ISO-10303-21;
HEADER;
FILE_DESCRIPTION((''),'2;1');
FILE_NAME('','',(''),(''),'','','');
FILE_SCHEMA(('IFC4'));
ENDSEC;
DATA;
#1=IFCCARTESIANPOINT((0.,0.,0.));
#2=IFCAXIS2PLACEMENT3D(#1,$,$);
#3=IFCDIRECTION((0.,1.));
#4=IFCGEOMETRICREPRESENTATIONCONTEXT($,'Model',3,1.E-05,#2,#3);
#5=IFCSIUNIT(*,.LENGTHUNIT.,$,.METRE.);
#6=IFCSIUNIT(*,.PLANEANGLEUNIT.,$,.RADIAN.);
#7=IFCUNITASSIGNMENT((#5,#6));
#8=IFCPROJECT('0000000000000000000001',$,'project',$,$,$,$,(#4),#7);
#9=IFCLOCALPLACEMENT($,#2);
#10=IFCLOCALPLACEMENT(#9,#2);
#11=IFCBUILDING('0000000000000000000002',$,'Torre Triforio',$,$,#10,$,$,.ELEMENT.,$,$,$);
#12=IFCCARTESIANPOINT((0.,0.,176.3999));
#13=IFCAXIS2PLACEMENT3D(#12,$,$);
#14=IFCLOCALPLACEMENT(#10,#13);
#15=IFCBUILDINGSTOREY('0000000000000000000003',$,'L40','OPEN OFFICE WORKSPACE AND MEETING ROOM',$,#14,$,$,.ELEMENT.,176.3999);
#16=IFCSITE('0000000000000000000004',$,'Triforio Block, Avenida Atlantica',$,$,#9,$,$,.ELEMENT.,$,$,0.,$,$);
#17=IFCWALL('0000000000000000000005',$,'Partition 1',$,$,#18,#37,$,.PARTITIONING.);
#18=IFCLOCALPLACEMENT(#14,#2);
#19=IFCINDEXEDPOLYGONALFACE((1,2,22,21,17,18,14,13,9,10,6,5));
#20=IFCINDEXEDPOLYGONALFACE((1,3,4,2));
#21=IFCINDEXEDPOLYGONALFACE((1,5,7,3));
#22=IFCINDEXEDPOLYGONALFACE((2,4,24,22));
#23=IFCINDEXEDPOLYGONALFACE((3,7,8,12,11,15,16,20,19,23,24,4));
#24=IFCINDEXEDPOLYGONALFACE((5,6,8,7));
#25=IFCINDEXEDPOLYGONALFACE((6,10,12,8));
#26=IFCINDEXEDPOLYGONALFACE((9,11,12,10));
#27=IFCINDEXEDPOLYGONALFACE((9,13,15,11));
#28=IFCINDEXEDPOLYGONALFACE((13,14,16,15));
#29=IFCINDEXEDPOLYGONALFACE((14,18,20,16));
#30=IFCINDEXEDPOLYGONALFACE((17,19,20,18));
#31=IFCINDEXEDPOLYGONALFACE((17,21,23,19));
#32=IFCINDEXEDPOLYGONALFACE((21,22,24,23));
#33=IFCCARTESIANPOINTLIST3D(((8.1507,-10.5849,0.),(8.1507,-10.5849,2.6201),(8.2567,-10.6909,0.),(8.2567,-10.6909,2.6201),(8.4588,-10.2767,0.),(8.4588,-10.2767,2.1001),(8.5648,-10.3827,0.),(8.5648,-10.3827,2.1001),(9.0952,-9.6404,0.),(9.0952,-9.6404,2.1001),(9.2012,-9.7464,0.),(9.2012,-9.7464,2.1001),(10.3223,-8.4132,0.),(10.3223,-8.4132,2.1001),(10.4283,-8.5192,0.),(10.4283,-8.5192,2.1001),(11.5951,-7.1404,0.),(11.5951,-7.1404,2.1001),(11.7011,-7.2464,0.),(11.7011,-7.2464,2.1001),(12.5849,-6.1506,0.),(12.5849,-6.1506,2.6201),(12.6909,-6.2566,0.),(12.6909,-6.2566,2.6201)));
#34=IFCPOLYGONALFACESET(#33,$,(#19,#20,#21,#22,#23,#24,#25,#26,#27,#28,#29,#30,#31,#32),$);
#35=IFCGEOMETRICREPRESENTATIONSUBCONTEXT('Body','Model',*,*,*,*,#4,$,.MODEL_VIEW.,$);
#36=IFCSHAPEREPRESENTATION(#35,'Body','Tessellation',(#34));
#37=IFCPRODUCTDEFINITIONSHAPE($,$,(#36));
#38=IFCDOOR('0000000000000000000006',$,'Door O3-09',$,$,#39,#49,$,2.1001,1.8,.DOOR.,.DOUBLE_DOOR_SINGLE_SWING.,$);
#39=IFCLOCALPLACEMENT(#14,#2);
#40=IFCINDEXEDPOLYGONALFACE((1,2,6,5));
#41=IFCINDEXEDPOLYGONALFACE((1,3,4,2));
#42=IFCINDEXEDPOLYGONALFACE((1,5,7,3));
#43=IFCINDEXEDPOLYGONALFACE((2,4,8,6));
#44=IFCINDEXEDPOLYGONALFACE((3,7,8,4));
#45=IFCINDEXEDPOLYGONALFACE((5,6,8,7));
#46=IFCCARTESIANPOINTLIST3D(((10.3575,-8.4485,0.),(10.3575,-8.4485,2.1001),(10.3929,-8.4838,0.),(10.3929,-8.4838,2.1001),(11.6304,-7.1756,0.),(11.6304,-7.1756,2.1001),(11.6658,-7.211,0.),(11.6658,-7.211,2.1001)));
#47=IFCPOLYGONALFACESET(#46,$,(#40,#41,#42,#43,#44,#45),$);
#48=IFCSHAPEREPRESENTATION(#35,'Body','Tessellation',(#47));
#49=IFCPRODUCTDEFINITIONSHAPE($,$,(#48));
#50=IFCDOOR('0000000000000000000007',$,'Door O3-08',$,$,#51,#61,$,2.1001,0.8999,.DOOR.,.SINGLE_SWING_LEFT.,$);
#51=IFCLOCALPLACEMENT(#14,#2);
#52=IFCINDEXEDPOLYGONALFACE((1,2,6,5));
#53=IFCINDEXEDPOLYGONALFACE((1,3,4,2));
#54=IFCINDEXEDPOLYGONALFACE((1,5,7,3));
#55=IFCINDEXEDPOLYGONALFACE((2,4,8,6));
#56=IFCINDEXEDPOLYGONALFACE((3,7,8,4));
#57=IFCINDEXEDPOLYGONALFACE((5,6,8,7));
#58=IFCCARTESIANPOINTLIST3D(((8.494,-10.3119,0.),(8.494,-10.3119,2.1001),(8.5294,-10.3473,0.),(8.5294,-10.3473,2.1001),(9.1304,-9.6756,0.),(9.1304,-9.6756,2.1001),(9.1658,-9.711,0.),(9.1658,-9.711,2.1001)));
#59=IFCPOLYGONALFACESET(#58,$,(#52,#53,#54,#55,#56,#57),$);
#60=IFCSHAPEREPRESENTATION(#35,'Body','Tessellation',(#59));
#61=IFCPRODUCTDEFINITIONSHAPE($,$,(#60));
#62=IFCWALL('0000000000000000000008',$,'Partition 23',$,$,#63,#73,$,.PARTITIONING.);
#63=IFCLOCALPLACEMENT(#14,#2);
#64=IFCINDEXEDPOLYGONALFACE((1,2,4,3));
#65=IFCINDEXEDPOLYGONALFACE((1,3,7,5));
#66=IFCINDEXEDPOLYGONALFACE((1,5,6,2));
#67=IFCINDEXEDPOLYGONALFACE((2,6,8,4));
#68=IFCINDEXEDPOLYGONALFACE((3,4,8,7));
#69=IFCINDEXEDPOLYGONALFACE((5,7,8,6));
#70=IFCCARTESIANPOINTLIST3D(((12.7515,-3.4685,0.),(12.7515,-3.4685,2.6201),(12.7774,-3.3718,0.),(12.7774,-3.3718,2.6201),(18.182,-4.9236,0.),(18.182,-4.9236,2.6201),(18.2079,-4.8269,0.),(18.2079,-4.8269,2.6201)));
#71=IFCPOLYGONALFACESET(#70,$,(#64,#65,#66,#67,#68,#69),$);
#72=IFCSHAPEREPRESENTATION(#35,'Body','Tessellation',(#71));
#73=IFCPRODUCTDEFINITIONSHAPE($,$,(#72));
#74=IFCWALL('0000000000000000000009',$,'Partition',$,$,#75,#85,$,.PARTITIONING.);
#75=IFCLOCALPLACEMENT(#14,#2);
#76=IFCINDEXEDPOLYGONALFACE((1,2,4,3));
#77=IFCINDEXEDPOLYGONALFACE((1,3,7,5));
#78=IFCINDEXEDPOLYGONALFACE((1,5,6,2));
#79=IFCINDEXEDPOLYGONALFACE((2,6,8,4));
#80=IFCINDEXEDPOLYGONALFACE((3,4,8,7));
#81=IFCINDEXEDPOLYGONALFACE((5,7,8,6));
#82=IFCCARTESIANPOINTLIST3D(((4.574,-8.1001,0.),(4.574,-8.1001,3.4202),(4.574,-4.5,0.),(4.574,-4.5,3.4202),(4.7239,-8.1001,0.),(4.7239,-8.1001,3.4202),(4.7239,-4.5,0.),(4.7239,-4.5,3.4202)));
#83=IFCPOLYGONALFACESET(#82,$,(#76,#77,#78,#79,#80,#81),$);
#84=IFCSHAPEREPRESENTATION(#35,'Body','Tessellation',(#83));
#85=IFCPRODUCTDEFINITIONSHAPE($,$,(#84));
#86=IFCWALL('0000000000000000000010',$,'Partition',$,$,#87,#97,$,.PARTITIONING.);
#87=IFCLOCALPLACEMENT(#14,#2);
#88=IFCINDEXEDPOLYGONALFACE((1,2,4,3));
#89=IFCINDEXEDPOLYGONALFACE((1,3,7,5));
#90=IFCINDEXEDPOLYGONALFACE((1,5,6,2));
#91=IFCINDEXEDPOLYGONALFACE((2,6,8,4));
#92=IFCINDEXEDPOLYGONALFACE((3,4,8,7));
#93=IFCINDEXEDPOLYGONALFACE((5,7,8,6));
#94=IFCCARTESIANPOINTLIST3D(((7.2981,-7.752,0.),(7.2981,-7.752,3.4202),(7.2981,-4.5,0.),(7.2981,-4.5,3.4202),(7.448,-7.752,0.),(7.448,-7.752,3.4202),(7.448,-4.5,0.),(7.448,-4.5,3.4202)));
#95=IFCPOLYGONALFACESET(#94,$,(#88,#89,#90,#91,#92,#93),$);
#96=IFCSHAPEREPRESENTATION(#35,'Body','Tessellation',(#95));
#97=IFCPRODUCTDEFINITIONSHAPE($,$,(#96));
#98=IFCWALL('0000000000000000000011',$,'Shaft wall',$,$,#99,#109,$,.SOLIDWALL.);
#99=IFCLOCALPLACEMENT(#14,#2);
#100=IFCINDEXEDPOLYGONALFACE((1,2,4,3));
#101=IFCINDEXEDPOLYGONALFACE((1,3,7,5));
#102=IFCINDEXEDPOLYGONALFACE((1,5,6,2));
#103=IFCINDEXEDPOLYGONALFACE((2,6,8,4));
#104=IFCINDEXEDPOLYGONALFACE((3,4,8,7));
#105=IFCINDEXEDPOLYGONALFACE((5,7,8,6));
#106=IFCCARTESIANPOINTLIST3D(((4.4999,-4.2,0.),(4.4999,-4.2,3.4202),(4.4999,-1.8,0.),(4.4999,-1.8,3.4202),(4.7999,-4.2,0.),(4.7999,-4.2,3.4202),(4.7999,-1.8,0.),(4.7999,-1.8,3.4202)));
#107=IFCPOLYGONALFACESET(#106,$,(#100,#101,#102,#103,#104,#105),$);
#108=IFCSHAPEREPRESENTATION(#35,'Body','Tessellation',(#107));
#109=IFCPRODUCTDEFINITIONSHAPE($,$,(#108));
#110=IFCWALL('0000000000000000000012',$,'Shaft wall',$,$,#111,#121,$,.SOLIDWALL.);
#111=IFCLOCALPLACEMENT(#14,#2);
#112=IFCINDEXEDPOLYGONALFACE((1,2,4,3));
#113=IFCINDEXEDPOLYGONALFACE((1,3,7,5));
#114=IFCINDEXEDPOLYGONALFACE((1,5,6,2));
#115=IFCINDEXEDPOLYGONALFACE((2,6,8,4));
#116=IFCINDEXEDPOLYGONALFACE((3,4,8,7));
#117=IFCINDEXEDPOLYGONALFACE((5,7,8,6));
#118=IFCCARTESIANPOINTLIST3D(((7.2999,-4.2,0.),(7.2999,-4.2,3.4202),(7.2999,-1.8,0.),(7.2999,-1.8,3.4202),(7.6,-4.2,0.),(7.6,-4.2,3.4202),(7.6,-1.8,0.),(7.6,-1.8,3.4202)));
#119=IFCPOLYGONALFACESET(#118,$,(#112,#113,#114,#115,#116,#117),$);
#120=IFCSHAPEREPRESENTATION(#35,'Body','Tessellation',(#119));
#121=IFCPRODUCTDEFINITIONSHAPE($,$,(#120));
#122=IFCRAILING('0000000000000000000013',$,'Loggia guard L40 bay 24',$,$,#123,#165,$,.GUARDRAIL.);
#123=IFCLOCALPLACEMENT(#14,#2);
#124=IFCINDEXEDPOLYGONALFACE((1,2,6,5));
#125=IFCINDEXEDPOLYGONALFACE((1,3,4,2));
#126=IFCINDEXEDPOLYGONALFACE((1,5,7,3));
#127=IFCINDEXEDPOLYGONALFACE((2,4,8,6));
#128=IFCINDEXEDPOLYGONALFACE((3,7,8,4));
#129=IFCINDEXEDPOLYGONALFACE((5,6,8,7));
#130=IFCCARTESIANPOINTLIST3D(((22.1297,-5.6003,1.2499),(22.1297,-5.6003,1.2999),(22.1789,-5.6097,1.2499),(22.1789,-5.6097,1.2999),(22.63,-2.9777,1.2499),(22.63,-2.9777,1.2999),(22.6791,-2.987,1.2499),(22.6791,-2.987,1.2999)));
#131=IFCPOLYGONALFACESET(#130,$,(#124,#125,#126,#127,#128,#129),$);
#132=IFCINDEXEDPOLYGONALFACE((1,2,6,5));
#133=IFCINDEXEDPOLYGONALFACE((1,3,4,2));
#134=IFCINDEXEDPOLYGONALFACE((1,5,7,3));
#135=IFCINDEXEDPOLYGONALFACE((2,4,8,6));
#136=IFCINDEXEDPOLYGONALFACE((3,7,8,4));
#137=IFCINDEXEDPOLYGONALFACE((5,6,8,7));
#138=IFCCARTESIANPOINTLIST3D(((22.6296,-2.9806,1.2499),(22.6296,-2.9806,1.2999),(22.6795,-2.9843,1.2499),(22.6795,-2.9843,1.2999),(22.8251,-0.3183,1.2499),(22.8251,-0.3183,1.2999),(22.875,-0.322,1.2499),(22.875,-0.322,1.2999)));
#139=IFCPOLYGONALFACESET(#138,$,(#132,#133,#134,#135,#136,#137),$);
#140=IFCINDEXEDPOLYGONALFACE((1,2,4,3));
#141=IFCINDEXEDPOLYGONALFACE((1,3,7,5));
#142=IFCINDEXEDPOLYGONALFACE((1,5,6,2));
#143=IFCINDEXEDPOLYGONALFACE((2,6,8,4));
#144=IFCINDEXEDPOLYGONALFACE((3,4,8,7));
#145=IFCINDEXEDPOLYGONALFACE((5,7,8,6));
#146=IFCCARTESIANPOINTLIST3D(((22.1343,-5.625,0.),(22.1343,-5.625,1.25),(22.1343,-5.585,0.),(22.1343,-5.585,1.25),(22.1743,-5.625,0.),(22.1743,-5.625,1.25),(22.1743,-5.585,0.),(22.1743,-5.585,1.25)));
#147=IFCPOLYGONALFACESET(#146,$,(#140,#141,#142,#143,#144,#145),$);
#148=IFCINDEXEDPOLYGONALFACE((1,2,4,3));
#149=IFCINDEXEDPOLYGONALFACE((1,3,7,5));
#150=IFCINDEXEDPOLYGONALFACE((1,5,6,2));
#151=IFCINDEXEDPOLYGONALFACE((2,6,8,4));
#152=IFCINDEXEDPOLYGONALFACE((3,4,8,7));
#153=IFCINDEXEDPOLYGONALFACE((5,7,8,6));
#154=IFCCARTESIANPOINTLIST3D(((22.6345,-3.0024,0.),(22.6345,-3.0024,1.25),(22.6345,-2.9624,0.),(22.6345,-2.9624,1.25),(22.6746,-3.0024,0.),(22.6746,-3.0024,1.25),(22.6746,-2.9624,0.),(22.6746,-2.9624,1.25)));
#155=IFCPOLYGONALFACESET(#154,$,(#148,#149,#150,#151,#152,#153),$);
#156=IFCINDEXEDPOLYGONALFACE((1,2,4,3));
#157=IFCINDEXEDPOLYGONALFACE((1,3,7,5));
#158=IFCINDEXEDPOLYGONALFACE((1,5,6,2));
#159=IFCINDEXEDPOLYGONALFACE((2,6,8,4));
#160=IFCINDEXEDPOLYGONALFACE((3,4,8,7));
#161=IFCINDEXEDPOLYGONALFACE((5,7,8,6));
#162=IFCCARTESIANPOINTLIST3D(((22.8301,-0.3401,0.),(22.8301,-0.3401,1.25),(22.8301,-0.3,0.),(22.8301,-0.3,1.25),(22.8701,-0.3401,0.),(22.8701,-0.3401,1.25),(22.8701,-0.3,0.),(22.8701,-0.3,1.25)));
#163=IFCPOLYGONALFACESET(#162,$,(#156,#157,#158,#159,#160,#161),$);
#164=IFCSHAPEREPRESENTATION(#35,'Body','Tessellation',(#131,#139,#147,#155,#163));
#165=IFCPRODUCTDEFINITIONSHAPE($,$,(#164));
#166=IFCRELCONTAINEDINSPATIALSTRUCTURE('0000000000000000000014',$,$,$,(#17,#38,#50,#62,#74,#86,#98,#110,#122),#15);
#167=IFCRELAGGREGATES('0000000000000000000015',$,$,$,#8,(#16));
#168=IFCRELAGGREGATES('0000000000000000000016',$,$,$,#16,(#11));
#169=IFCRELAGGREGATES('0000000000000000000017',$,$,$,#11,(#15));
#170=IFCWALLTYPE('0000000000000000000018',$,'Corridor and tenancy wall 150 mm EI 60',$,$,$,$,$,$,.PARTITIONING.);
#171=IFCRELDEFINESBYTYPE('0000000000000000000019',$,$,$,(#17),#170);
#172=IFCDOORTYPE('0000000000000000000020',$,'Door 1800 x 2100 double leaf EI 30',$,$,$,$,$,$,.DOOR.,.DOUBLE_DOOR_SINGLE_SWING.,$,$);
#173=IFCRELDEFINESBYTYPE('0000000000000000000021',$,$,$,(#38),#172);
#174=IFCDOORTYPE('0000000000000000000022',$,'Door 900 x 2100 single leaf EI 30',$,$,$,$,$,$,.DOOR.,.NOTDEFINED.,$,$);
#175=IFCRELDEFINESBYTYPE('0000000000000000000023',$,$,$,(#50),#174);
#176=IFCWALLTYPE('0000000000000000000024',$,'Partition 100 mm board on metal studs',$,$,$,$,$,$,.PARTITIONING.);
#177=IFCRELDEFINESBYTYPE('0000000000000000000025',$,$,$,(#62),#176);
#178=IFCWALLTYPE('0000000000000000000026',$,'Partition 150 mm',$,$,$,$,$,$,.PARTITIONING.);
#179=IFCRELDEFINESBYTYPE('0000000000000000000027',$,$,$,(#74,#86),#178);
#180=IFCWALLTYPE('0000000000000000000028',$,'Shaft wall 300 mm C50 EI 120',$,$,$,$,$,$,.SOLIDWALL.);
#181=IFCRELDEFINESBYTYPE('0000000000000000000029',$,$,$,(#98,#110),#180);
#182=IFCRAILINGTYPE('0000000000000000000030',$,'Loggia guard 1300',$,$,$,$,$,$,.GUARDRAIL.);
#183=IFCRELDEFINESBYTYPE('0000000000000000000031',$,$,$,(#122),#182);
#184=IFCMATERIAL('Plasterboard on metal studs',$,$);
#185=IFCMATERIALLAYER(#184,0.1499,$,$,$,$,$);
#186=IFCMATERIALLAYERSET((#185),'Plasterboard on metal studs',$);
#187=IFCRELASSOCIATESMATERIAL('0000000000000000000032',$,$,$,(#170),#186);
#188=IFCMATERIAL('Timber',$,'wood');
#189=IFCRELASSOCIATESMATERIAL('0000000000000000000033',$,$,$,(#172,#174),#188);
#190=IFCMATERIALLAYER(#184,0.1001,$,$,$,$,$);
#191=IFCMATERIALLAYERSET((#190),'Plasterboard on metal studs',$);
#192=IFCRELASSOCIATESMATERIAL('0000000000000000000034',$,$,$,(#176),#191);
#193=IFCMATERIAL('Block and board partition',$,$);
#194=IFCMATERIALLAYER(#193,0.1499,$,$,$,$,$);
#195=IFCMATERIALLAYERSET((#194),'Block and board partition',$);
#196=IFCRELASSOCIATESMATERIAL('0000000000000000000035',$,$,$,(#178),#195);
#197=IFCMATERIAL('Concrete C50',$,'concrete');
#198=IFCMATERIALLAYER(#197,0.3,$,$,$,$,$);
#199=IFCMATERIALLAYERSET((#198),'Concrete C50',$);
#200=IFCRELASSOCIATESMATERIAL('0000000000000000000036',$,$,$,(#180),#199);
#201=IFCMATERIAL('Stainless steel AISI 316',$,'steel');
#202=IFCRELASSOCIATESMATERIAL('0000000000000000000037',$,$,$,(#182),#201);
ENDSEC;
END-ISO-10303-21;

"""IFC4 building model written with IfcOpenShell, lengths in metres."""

from ifc_helpers import new_model, si_unit, direction, frame, frame_2d, origin, origin_2d, place, context, subcontext, project, spatial, rectangle, extrude, material, layer, layer_set, type_object, element, fill, save


model = new_model("IFC4")

# Units and contexts
model_context = context("Model", 3, precision=1e-05, world=origin(), true_north=direction((0.0, 1.0)))
body_context = subcontext(model_context, "Body", "Model", "MODEL_VIEW")
ifc_project = project(units=[si_unit("LENGTHUNIT", "METRE"), si_unit("PLANEANGLEUNIT", "RADIAN")], contexts=[model_context])

# Site, building, storey
site_placement = place(None, origin())
site = spatial("IfcSite", under=ifc_project, at=site_placement, Name="Triforio Block, Avenida Atlantica", CompositionType="ELEMENT", RefElevation=0.0)
building_placement = place(site_placement, origin())
building = spatial("IfcBuilding", under=site, at=building_placement, Name="Torre Triforio", CompositionType="ELEMENT")
storey_placement = place(building_placement, frame((0.0, 0.0, 176.3999)))
storey = spatial("IfcBuildingStorey", under=building, at=storey_placement, Name="L40", Description="OPEN OFFICE WORKSPACE AND MEETING ROOM", CompositionType="ELEMENT", Elevation=176.3999)

# Shared definitions
ifc_material_1 = material(Name="Concrete C50", Category="concrete")

# Wall, openings, doors
ifc_material_2 = material(Name="Plasterboard on metal studs")
ifc_layer_1 = layer(ifc_material_2, 0.1499)
ifc_layer_set_1 = layer_set([ifc_layer_1], Name="Plasterboard on metal studs")
wall_type_1 = type_object("IfcWallType", Name="Corridor and tenancy wall 150 mm EI 60", PredefinedType="PARTITIONING", material=ifc_layer_set_1)
wall_1_placement = place(storey_placement, frame((12.6379, -6.2036, 0.0), z_axis=(0.0, 0.0, 1.0), x_axis=(-0.707107, -0.707107, 0.0)))
wall_1 = element("IfcWall", 1, at=wall_1_placement, inside=storey, type_object=wall_type_1, Name="Partition 1", PredefinedType="PARTITIONING", context=body_context, shape_type="SweptSolid", body=[
    extrude(rectangle(XDim=6.271, YDim=0.1499, at=frame_2d((3.1355, 0.0))), origin(), (0.0, 0.0, 1.0), 2.6201),
])
opening_1_placement = place(wall_1_placement, frame((4.9353, 0.0, 0.0)))
opening_1 = element("IfcOpeningElement", 2, at=opening_1_placement, cuts=wall_1, PredefinedType="OPENING", context=body_context, shape_type="SweptSolid", body=[
    extrude(rectangle(XDim=0.8999, YDim=2.1001, at=frame_2d((0.45, 1.05))), frame((0.0, 0.085, 0.0), z_axis=(0.0, -1.0, 0.0), x_axis=(1.0, 0.0, 0.0)), (0.0, 0.0, 1.0), 0.1699),
])
opening_2_placement = place(wall_1_placement, frame((1.3999, 0.0, 0.0)))
opening_2 = element("IfcOpeningElement", 3, at=opening_2_placement, cuts=wall_1, PredefinedType="OPENING", context=body_context, shape_type="SweptSolid", body=[
    extrude(rectangle(XDim=1.8, YDim=2.1001, at=frame_2d((0.8999, 1.05))), frame((0.0, 0.085, 0.0), z_axis=(0.0, -1.0, 0.0), x_axis=(1.0, 0.0, 0.0)), (0.0, 0.0, 1.0), 0.1699),
])
ifc_material_3 = material(Name="Timber", Category="wood")
door_type_1 = type_object("IfcDoorType", Name="Door 1800 x 2100 double leaf EI 30", OperationType="DOUBLE_DOOR_SINGLE_SWING", PredefinedType="DOOR", material=ifc_material_3)
door_1_placement = place(opening_2_placement, origin())
door_1 = element("IfcDoor", 4, at=door_1_placement, inside=storey, type_object=door_type_1, Name="Door O3-09", OperationType="DOUBLE_DOOR_SINGLE_SWING", OverallHeight=2.1001, OverallWidth=1.8, PredefinedType="DOOR", context=body_context, shape_type="SweptSolid", body=[
    extrude(rectangle(XDim=1.8, YDim=2.1001, at=frame_2d((0.8999, 1.05))), frame((0.0, 0.0249, 0.0), z_axis=(0.0, -1.0, 0.0), x_axis=(1.0, 0.0, 0.0)), (0.0, 0.0, 1.0), 0.05),
])
fill(opening_2, door_1)
door_type_2 = type_object("IfcDoorType", Name="Door 900 x 2100 single leaf EI 30", OperationType="NOTDEFINED", PredefinedType="DOOR", material=ifc_material_3)
door_2_placement = place(opening_1_placement, origin())
door_2 = element("IfcDoor", 5, at=door_2_placement, inside=storey, type_object=door_type_2, Name="Door O3-08", OperationType="SINGLE_SWING_LEFT", OverallHeight=2.1001, OverallWidth=0.8999, PredefinedType="DOOR", context=body_context, shape_type="SweptSolid", body=[
    extrude(rectangle(XDim=0.8999, YDim=2.1001, at=frame_2d((0.45, 1.05))), frame((0.0, 0.0249, 0.0), z_axis=(0.0, -1.0, 0.0), x_axis=(1.0, 0.0, 0.0)), (0.0, 0.0, 1.0), 0.05),
])
fill(opening_1, door_2)

# Walls
ifc_layer_2 = layer(ifc_material_2, 0.1001)
ifc_layer_set_2 = layer_set([ifc_layer_2], Name="Plasterboard on metal studs")
wall_type_2 = type_object("IfcWallType", Name="Partition 100 mm board on metal studs", PredefinedType="PARTITIONING", material=ifc_layer_set_2)
wall_2_placement = place(storey_placement, frame((12.7644, -3.4202, 0.0), z_axis=(0.0, 0.0, 1.0), x_axis=(0.965926, -0.258819, 0.0)))
element("IfcWall", 6, at=wall_2_placement, inside=storey, type_object=wall_type_2, Name="Partition 23", PredefinedType="PARTITIONING", context=body_context, shape_type="SweptSolid", body=[
    extrude(rectangle(XDim=5.6221, YDim=0.1001, at=frame_2d((2.811, 0.0))), origin(), (0.0, 0.0, 1.0), 2.6201),
])
ifc_material_4 = material(Name="Block and board partition")
ifc_layer_3 = layer(ifc_material_4, 0.1499)
ifc_layer_set_3 = layer_set([ifc_layer_3], Name="Block and board partition")
wall_type_3 = type_object("IfcWallType", Name="Partition 150 mm", PredefinedType="PARTITIONING", material=ifc_layer_set_3)
wall_3_placement = place(storey_placement, frame((4.6489, -8.1001, 0.0), z_axis=(0.0, 0.0, 1.0), x_axis=(0.0, 1.0, 0.0)))
element("IfcWall", 7, at=wall_3_placement, inside=storey, type_object=wall_type_3, Name="Partition", PredefinedType="PARTITIONING", context=body_context, shape_type="SweptSolid", body=[
    extrude(rectangle(XDim=3.6001, YDim=0.1499, at=frame_2d((1.8, 0.0))), origin(), (0.0, 0.0, 1.0), 3.4202),
])
wall_4_placement = place(storey_placement, frame((7.373, -7.752, 0.0), z_axis=(0.0, 0.0, 1.0), x_axis=(0.0, 1.0, 0.0)))
element("IfcWall", 8, at=wall_4_placement, inside=storey, type_object=wall_type_3, Name="Partition", PredefinedType="PARTITIONING", context=body_context, shape_type="SweptSolid", body=[
    extrude(rectangle(XDim=3.252, YDim=0.1499, at=frame_2d((1.626, 0.0))), origin(), (0.0, 0.0, 1.0), 3.4202),
])
ifc_layer_4 = layer(ifc_material_1, 0.3)
ifc_layer_set_4 = layer_set([ifc_layer_4], Name="Concrete C50")
wall_type_4 = type_object("IfcWallType", Name="Shaft wall 300 mm C50 EI 120", PredefinedType="SOLIDWALL", material=ifc_layer_set_4)
for number, where, z_axis, x_axis, name in (
    (9, (4.6499, -4.2, 0.0), (0.0, 0.0, 1.0), (0.0, 1.0, 0.0), "Shaft wall"),
    (10, (7.45, -4.2, 0.0), (0.0, 0.0, 1.0), (0.0, 1.0, 0.0), "Shaft wall"),
):
    element("IfcWall", number, at=place(storey_placement, frame(where, z_axis=z_axis, x_axis=x_axis)), inside=storey, type_object=wall_type_4, Name=name, PredefinedType="SOLIDWALL", context=body_context, shape_type="SweptSolid", body=[
        extrude(rectangle(XDim=2.3999, YDim=0.3, at=frame_2d((1.2, 0.0))), origin(), (0.0, 0.0, 1.0), 3.4202),
    ])

# Railing
ifc_material_5 = material(Name="Stainless steel AISI 316", Category="steel")
railing_type = type_object("IfcRailingType", Name="Loggia guard 1300", PredefinedType="GUARDRAIL", material=ifc_material_5)
railing_placement = place(storey_placement, frame((22.1543, -5.605, 0.0)))
element("IfcRailing", 11, at=railing_placement, inside=storey, type_object=railing_type, Name="Loggia guard L40 bay 24", PredefinedType="GUARDRAIL", context=body_context, shape_type="SweptSolid", body=[
    extrude(rectangle(XDim=0.05, YDim=0.05, at=origin_2d()), frame((0.0, 0.0, 1.2749), z_axis=(0.187368, 0.98229, 0.0), x_axis=(-0.98229, 0.187368, 0.0)), (0.0, 0.0, 1.0), 2.6699),
    extrude(rectangle(XDim=0.05, YDim=0.05, at=origin_2d()), frame((0.5002, 2.6226, 1.2749), z_axis=(0.073255, 0.997313, 0.0), x_axis=(-0.997313, 0.073255, 0.0)), (0.0, 0.0, 1.0), 2.6694),
    extrude(rectangle(XDim=0.04, YDim=0.04, at=origin_2d()), origin(), (0.0, 0.0, 1.0), 1.25),
    extrude(rectangle(XDim=0.04, YDim=0.04, at=origin_2d()), frame((0.5002, 2.6226, 0.0)), (0.0, 0.0, 1.0), 1.25),
    extrude(rectangle(XDim=0.04, YDim=0.04, at=origin_2d()), frame((0.6958, 5.2849, 0.0)), (0.0, 0.0, 1.0), 1.25),
])

save(model, "model.ifc")
